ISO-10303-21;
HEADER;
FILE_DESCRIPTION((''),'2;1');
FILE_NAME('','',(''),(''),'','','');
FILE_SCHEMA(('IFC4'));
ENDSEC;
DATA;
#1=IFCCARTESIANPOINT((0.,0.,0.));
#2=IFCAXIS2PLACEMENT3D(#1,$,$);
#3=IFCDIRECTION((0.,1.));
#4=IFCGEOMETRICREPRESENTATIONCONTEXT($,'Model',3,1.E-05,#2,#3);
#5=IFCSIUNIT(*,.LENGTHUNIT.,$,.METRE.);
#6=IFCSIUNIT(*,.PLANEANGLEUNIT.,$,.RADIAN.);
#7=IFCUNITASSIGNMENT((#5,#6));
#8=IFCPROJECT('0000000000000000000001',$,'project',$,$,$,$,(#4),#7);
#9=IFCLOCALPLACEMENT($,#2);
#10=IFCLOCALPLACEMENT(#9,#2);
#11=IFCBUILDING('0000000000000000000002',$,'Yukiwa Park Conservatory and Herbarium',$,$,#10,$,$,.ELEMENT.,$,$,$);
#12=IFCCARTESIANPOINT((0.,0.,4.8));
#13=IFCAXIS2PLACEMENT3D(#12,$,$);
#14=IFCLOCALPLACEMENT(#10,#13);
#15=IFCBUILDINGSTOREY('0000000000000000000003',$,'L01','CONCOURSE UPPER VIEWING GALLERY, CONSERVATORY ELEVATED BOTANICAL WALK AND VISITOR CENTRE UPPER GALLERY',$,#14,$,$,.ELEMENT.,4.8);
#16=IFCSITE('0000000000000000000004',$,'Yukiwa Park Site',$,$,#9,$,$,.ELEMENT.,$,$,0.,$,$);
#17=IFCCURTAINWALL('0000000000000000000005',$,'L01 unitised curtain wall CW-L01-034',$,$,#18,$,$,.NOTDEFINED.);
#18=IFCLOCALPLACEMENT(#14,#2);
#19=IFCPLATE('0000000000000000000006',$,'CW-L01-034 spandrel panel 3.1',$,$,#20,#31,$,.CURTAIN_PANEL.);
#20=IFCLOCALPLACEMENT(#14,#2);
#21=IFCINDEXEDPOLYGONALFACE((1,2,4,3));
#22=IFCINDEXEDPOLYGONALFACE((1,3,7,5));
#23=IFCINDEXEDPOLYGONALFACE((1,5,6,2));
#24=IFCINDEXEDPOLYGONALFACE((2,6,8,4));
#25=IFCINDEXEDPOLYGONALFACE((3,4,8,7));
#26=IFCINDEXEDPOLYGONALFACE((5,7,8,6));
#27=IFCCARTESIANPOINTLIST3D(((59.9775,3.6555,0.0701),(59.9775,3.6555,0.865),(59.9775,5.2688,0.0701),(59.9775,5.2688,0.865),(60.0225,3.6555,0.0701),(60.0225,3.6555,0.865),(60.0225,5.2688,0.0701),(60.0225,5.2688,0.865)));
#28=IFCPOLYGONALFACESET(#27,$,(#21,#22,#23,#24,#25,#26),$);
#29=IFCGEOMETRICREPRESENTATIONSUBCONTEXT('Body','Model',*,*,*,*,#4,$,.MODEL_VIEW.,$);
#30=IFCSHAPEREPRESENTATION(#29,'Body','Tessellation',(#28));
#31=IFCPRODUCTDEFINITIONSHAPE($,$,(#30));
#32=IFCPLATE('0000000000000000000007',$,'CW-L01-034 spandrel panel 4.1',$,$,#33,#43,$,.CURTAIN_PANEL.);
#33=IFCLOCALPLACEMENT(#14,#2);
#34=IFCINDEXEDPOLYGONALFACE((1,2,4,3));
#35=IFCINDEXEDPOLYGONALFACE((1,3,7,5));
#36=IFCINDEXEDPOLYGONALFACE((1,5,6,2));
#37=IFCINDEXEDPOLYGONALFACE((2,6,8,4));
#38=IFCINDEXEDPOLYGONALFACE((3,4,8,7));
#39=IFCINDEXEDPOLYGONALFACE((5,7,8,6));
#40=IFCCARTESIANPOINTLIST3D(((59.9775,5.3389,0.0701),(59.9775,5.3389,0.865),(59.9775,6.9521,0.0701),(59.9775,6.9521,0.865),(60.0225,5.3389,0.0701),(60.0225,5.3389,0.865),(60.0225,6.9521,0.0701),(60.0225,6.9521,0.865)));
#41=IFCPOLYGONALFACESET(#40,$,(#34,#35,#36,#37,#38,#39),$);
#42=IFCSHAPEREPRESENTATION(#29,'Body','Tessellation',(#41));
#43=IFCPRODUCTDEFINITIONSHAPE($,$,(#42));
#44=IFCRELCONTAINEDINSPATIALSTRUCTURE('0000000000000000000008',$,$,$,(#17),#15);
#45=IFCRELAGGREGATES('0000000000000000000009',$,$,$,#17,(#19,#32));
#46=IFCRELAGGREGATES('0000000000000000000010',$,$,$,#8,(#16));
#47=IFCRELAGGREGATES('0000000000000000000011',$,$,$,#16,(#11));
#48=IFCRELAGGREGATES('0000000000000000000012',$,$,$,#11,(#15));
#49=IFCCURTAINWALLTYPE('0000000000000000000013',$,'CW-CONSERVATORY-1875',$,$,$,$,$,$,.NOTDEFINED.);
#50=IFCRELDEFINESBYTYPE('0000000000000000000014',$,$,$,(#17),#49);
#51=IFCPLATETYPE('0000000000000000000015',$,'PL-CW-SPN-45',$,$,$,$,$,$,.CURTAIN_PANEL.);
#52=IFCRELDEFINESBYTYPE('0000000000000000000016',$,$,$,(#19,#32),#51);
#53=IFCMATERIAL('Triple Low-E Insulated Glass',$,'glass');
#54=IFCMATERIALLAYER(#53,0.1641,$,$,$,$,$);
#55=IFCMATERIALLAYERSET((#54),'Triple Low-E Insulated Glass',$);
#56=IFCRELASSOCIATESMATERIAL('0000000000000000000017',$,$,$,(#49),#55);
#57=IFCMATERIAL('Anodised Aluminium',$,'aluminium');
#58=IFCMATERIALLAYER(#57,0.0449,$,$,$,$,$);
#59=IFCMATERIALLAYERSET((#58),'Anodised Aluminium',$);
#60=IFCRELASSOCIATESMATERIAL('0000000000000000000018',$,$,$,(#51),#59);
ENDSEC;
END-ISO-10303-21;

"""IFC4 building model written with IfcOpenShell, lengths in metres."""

from ifc_helpers import new_model, si_unit, direction, frame, origin, origin_2d, place, context, subcontext, project, spatial, rectangle, extrude, material, layer, layer_set, type_object, element, aggregate, save


model = new_model("IFC4")

# Units and contexts
model_context = context("Model", 3, precision=1e-05, world=origin(), true_north=direction((0.0, 1.0)))
body_context = subcontext(model_context, "Body", "Model", "MODEL_VIEW")
ifc_project = project(units=[si_unit("LENGTHUNIT", "METRE"), si_unit("PLANEANGLEUNIT", "RADIAN")], contexts=[model_context])

# Site, building, storey
site_placement = place(None, origin())
site = spatial("IfcSite", under=ifc_project, at=site_placement, Name="Yukiwa Park Site", CompositionType="ELEMENT", RefElevation=0.0)
building_placement = place(site_placement, origin())
building = spatial("IfcBuilding", under=site, at=building_placement, Name="Yukiwa Park Conservatory and Herbarium", CompositionType="ELEMENT")
storey_placement = place(building_placement, frame((0.0, 0.0, 4.8)))
storey = spatial("IfcBuildingStorey", under=building, at=storey_placement, Name="L01", Description="CONCOURSE UPPER VIEWING GALLERY, CONSERVATORY ELEVATED BOTANICAL WALK AND VISITOR CENTRE UPPER GALLERY", CompositionType="ELEMENT", Elevation=4.8)

# Curtain wall
ifc_material_1 = material(Name="Triple Low-E Insulated Glass", Category="glass")
ifc_layer_1 = layer(ifc_material_1, 0.1641)
ifc_layer_set_1 = layer_set([ifc_layer_1], Name="Triple Low-E Insulated Glass")
curtain_wall_type = type_object("IfcCurtainWallType", Name="CW-CONSERVATORY-1875", PredefinedType="NOTDEFINED", material=ifc_layer_set_1)
curtain_wall_placement = place(storey_placement, origin())
curtain_wall = element("IfcCurtainWall", 1, at=curtain_wall_placement, inside=storey, type_object=curtain_wall_type, Name="L01 unitised curtain wall CW-L01-034", PredefinedType="NOTDEFINED")

# Plates
ifc_material_2 = material(Name="Anodised Aluminium", Category="aluminium")
ifc_layer_2 = layer(ifc_material_2, 0.0449)
ifc_layer_set_2 = layer_set([ifc_layer_2], Name="Anodised Aluminium")
plate_type_1 = type_object("IfcPlateType", Name="PL-CW-SPN-45", PredefinedType="CURTAIN_PANEL", material=ifc_layer_set_2)
plate_1_placement = place(storey_placement, frame((60.0, 4.4622, 0.0701), z_axis=(0.0, 0.0, 1.0), x_axis=(0.0, 1.0, 0.0)))
plate_1 = element("IfcPlate", 2, at=plate_1_placement, type_object=plate_type_1, Name="CW-L01-034 spandrel panel 3.1", PredefinedType="CURTAIN_PANEL", context=body_context, shape_type="SweptSolid", body=[
    extrude(rectangle(XDim=1.6133, YDim=0.0449, at=origin_2d()), origin(), (0.0, 0.0, 1.0), 0.7949),
])
plate_2_placement = place(storey_placement, frame((60.0, 6.1455, 0.0701), z_axis=(0.0, 0.0, 1.0), x_axis=(0.0, 1.0, 0.0)))
plate_2 = element("IfcPlate", 3, at=plate_2_placement, type_object=plate_type_1, Name="CW-L01-034 spandrel panel 4.1", PredefinedType="CURTAIN_PANEL", context=body_context, shape_type="SweptSolid", body=[
    extrude(rectangle(XDim=1.6133, YDim=0.0449, at=origin_2d()), origin(), (0.0, 0.0, 1.0), 0.7949),
])
aggregate(curtain_wall, [plate_1, plate_2])

save(model, "model.ifc")
